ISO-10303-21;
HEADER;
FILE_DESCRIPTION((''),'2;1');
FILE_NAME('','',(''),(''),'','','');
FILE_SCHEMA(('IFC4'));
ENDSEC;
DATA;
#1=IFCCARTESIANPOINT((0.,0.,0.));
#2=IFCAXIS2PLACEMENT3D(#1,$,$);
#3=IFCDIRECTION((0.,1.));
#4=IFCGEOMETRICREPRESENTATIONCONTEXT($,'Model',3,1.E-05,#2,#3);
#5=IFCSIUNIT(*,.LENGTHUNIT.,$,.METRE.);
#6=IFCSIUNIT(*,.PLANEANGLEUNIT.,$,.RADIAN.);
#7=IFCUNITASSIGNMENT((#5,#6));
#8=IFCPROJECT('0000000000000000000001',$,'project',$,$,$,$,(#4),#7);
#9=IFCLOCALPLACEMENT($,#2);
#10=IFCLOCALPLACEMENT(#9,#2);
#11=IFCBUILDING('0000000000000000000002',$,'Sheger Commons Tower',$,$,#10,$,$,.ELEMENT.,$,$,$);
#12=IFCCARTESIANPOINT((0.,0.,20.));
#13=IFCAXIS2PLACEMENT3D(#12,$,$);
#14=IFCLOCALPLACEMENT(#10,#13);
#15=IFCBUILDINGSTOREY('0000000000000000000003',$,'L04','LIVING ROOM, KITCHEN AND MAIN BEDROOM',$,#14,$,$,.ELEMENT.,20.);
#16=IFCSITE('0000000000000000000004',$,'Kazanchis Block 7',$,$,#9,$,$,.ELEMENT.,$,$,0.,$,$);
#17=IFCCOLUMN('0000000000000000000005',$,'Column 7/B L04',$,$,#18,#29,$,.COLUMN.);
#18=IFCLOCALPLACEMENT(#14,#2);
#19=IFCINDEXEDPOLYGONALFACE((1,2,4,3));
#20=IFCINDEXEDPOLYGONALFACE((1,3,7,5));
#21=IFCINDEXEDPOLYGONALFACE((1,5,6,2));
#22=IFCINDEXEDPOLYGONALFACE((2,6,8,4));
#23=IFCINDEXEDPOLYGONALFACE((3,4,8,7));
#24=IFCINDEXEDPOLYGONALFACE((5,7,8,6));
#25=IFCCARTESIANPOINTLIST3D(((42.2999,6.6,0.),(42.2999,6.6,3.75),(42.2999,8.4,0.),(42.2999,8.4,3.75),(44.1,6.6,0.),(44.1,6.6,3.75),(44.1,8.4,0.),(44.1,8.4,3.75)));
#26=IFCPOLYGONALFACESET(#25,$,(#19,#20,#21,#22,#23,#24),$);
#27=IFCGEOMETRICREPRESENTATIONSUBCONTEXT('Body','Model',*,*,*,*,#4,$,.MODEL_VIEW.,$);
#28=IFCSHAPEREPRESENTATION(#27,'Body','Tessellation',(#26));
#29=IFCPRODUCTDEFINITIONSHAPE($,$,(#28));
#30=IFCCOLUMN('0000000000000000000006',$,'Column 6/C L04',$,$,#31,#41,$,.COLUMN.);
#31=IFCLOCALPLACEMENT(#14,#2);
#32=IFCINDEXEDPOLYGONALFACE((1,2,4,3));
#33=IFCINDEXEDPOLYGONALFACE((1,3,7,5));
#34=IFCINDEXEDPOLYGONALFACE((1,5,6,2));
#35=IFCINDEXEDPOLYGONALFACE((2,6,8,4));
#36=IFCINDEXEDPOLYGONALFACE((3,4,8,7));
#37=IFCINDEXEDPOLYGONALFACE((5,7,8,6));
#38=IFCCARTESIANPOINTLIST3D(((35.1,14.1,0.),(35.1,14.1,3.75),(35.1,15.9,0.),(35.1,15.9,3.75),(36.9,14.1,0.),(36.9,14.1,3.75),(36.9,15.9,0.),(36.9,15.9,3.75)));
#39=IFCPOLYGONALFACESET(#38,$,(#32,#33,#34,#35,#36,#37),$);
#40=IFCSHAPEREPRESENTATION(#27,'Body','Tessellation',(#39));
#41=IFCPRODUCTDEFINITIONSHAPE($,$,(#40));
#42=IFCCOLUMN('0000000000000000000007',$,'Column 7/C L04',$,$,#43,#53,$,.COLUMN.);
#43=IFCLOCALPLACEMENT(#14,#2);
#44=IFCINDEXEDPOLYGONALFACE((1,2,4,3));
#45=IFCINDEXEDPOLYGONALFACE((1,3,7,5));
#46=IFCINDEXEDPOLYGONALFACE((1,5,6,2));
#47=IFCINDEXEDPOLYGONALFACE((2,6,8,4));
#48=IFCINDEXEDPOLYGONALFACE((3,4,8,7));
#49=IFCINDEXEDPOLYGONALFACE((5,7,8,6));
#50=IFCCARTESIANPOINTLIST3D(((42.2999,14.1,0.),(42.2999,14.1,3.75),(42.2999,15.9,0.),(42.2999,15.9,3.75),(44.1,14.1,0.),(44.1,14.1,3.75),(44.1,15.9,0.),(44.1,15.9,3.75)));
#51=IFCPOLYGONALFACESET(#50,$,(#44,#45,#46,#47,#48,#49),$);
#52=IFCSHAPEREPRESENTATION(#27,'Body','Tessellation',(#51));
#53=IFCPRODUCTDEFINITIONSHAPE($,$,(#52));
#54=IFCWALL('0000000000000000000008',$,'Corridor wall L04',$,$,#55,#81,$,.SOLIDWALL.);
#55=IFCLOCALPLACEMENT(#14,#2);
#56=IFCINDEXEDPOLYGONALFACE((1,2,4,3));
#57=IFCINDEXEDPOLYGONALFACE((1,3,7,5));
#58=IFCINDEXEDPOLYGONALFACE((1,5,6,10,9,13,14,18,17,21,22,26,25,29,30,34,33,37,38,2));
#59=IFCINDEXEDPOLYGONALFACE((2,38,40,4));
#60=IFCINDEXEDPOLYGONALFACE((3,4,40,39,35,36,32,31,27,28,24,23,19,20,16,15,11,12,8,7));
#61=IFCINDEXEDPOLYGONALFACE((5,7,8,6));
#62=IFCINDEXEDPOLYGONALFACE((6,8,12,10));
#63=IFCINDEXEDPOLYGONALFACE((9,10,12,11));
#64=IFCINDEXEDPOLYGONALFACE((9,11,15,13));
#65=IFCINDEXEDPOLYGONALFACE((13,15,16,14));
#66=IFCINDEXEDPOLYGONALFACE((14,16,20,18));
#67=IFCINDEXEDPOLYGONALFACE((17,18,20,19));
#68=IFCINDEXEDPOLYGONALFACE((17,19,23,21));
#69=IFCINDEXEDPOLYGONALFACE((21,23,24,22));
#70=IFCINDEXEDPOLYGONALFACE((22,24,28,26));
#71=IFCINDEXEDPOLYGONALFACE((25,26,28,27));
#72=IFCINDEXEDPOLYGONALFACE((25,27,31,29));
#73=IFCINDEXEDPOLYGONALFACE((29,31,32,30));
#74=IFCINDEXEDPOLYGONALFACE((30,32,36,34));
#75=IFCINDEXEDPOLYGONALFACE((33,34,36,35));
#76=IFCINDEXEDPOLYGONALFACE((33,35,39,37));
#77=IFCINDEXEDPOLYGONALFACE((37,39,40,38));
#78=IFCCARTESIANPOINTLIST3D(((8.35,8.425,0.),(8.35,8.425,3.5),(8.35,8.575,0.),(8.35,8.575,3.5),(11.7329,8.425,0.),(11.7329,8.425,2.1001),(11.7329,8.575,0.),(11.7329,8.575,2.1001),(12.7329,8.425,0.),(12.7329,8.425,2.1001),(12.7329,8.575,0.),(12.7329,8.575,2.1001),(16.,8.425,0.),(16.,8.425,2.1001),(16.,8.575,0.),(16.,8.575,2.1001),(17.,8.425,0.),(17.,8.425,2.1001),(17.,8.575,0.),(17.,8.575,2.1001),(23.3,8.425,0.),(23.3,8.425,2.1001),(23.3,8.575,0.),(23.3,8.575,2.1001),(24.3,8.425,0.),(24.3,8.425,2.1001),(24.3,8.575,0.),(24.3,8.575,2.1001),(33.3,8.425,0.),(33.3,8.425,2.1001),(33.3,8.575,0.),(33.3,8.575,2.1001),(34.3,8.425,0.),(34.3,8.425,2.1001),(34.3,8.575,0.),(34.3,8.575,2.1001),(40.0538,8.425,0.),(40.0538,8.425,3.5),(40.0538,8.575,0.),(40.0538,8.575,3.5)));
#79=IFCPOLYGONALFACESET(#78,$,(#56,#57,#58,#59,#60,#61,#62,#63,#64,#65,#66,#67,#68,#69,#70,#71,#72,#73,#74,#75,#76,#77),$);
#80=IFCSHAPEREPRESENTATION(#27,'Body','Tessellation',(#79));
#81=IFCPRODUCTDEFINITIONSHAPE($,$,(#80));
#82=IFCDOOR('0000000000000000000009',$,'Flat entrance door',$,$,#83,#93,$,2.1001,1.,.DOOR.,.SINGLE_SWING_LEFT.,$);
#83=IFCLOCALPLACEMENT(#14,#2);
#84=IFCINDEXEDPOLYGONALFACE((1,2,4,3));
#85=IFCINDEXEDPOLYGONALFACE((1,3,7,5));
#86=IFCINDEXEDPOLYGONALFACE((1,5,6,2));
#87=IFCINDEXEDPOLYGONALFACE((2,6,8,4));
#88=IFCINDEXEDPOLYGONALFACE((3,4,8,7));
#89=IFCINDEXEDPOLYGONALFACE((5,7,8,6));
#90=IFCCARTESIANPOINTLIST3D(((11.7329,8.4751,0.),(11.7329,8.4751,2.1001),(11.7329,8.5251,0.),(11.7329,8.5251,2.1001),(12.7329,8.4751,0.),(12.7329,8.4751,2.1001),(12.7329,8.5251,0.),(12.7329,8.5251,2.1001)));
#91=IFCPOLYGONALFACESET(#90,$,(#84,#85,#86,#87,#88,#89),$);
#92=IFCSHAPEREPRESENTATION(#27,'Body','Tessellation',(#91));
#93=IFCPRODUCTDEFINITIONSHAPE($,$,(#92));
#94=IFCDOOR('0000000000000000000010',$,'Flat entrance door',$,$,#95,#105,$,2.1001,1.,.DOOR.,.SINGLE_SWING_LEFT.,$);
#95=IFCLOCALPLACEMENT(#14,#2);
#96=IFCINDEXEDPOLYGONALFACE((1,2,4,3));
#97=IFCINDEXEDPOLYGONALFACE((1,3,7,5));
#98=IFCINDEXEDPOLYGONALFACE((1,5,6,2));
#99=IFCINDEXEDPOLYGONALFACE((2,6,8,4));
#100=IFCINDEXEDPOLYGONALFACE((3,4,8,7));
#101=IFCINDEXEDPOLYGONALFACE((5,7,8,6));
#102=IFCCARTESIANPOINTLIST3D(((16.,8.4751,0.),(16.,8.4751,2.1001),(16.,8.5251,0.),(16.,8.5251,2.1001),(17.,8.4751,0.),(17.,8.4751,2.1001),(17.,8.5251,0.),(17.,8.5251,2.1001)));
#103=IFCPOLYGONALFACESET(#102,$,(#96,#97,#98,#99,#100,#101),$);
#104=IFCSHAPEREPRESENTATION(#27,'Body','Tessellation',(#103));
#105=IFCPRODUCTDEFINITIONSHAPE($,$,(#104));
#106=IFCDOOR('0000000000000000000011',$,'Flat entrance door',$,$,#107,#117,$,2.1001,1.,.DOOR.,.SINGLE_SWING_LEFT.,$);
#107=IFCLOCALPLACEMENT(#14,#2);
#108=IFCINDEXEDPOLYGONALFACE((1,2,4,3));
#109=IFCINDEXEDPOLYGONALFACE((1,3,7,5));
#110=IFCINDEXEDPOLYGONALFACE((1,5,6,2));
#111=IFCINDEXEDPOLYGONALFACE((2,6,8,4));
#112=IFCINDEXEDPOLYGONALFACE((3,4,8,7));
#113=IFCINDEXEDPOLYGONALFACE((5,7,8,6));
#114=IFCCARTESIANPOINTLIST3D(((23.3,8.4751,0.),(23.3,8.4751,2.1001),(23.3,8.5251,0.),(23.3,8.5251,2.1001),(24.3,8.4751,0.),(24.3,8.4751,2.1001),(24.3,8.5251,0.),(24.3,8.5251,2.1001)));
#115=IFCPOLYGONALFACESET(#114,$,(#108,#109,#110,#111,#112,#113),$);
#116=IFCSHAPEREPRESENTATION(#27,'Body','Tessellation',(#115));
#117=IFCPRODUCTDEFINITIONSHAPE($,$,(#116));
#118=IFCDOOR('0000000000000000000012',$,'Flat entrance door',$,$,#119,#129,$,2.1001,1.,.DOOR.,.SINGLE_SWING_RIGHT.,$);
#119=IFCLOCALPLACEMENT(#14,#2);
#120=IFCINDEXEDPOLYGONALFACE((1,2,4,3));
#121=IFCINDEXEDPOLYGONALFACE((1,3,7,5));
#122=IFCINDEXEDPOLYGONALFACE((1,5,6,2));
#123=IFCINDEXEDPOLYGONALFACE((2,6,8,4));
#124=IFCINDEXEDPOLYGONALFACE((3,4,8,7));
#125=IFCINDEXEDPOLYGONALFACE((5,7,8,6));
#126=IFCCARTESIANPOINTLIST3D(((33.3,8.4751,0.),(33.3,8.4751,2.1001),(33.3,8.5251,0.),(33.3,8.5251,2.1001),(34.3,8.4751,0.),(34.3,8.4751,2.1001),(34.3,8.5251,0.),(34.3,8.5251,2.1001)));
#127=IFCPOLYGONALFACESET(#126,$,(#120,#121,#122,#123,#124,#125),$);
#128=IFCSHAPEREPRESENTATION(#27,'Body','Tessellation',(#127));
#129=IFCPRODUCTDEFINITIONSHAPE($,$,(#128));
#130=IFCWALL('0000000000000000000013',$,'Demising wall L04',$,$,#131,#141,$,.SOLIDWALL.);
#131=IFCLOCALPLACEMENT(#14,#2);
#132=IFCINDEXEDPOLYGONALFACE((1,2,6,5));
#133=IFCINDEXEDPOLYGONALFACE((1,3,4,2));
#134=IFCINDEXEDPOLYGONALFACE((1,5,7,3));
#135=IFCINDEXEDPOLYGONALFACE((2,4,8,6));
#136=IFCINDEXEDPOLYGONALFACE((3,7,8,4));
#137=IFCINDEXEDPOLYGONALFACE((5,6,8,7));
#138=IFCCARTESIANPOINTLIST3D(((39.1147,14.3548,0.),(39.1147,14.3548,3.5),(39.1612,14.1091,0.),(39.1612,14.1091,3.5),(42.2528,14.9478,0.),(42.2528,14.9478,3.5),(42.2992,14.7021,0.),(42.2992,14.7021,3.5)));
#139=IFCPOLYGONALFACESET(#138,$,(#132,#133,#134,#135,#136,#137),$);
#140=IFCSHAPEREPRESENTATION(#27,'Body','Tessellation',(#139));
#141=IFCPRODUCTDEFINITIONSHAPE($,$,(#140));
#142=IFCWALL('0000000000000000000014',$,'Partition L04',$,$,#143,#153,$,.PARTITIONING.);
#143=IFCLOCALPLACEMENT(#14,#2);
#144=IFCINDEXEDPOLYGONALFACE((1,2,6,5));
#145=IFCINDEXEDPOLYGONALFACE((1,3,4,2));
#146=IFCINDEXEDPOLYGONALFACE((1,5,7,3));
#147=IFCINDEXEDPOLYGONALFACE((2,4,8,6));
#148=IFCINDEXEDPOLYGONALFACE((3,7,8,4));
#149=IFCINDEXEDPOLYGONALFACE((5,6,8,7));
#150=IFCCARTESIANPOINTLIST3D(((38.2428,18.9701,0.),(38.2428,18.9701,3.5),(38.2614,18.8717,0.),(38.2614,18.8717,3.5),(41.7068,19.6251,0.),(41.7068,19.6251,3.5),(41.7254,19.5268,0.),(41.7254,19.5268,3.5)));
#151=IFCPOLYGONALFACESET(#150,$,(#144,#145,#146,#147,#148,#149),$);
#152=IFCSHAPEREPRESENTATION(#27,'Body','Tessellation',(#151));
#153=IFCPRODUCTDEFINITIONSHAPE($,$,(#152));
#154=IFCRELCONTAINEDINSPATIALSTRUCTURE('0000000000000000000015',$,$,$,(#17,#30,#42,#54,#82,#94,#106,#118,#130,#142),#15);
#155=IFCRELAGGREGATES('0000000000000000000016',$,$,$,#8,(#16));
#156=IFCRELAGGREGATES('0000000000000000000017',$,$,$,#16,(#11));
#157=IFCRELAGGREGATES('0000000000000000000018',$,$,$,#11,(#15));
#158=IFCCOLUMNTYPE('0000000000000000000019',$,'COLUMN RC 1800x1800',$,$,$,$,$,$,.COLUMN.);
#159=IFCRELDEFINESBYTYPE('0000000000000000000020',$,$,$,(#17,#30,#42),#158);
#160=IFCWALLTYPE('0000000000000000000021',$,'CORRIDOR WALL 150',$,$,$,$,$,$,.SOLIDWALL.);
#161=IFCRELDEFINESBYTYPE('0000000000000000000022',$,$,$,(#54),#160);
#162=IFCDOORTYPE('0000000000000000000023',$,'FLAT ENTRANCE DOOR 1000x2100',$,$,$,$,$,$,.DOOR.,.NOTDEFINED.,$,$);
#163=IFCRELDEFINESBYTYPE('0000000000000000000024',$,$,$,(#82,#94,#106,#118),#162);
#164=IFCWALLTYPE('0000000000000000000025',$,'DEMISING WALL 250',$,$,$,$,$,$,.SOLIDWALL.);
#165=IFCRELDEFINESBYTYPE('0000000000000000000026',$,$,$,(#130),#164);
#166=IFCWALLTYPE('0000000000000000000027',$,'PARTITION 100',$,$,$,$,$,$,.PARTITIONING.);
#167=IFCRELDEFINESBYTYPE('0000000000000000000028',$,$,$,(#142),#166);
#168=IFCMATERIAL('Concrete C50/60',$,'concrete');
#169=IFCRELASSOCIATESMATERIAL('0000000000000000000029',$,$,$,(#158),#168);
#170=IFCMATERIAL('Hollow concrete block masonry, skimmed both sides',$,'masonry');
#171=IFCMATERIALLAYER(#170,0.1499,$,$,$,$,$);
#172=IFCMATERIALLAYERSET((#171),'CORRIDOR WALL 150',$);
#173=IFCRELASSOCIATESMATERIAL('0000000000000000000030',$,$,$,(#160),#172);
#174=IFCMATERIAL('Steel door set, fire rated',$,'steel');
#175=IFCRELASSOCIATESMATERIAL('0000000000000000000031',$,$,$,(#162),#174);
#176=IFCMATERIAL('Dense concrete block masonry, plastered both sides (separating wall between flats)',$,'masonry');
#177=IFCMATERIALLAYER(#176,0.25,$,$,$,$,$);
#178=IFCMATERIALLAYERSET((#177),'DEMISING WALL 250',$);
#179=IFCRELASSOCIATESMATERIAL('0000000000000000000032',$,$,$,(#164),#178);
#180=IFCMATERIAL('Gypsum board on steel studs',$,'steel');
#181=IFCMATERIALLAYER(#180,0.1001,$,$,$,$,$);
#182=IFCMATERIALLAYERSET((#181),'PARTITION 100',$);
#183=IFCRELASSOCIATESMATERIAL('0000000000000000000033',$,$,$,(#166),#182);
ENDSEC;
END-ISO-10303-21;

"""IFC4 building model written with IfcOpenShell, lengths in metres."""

from ifc_helpers import new_model, si_unit, direction, frame, frame_2d, origin, origin_2d, place, context, subcontext, project, spatial, rectangle, extrude, material, layer, layer_set, material_profile, profile_set, type_object, element, fill, save


model = new_model("IFC4")

# Units and contexts
model_context = context("Model", 3, precision=1e-05, world=origin(), true_north=direction((0.0, 1.0)))
body_context = subcontext(model_context, "Body", "Model", "MODEL_VIEW")
ifc_project = project(units=[si_unit("LENGTHUNIT", "METRE"), si_unit("PLANEANGLEUNIT", "RADIAN")], contexts=[model_context])

# Site, building, storey
site_placement = place(None, origin())
site = spatial("IfcSite", under=ifc_project, at=site_placement, Name="Kazanchis Block 7", CompositionType="ELEMENT", RefElevation=0.0)
building_placement = place(site_placement, origin())
building = spatial("IfcBuilding", under=site, at=building_placement, Name="Sheger Commons Tower", CompositionType="ELEMENT")
storey_placement = place(building_placement, frame((0.0, 0.0, 20.0)))
storey = spatial("IfcBuildingStorey", under=building, at=storey_placement, Name="L04", Description="LIVING ROOM, KITCHEN AND MAIN BEDROOM", CompositionType="ELEMENT", Elevation=20.0)

# Columns
ifc_material_1 = material(Name="Concrete C50/60", Category="concrete")
ifc_material_profile = material_profile(ifc_material_1, rectangle(XDim=1.8, YDim=1.8, at=origin_2d()), Name="RC 1800x1800")
ifc_profile_set = profile_set([ifc_material_profile], Name="Concrete C50/60")
column_type = type_object("IfcColumnType", Name="COLUMN RC 1800x1800", PredefinedType="COLUMN", material=ifc_profile_set)
for number, where, z_axis, x_axis, name in (
    (1, (43.2, 7.5, 0.0), (0.0, 0.0, 1.0), (1.0, 0.0, 0.0), "Column 7/B L04"),
    (2, (36.0, 15.0, 0.0), (0.0, 0.0, 1.0), (1.0, 0.0, 0.0), "Column 6/C L04"),
    (3, (43.2, 15.0, 0.0), (0.0, 0.0, 1.0), (1.0, 0.0, 0.0), "Column 7/C L04"),
):
    element("IfcColumn", number, at=place(storey_placement, frame(where, z_axis=z_axis, x_axis=x_axis)), inside=storey, type_object=column_type, Name=name, PredefinedType="COLUMN", context=body_context, shape_type="SweptSolid", body=[
        extrude(rectangle(XDim=1.8, YDim=1.8, at=origin_2d()), origin(), (0.0, 0.0, 1.0), 3.75),
    ])

# Wall, openings, doors
ifc_material_2 = material(Name="Hollow concrete block masonry, skimmed both sides", Category="masonry")
ifc_layer_1 = layer(ifc_material_2, 0.1499)
ifc_layer_set_1 = layer_set([ifc_layer_1], Name="CORRIDOR WALL 150")
wall_type_1 = type_object("IfcWallType", Name="CORRIDOR WALL 150", PredefinedType="SOLIDWALL", material=ifc_layer_set_1)
wall_1_placement = place(storey_placement, frame((40.054, 8.5, 0.0), z_axis=(0.0, 0.0, 1.0), x_axis=(-1.0, 0.0, 0.0)))
wall_1 = element("IfcWall", 4, at=wall_1_placement, inside=storey, type_object=wall_type_1, Name="Corridor wall L04", PredefinedType="SOLIDWALL", context=body_context, shape_type="SweptSolid", body=[
    extrude(rectangle(XDim=31.7039, YDim=0.1499, at=frame_2d((15.8521, 0.0))), origin(), (0.0, 0.0, 1.0), 3.5),
])
opening_1_placement = place(wall_1_placement, frame((27.321, 0.0, 0.0)))
opening_1 = element("IfcOpeningElement", 5, at=opening_1_placement, cuts=wall_1, PredefinedType="OPENING", context=body_context, shape_type="SweptSolid", body=[
    extrude(rectangle(XDim=1.0, YDim=2.1001, at=frame_2d((0.5, 1.05))), frame((0.0, 0.085, 0.0), z_axis=(0.0, -1.0, 0.0), x_axis=(1.0, 0.0, 0.0)), (0.0, 0.0, 1.0), 0.1699),
])
opening_2_placement = place(wall_1_placement, frame((23.054, 0.0, 0.0)))
opening_2 = element("IfcOpeningElement", 6, at=opening_2_placement, cuts=wall_1, PredefinedType="OPENING", context=body_context, shape_type="SweptSolid", body=[
    extrude(rectangle(XDim=1.0, YDim=2.1001, at=frame_2d((0.5, 1.05))), frame((0.0, 0.085, 0.0), z_axis=(0.0, -1.0, 0.0), x_axis=(1.0, 0.0, 0.0)), (0.0, 0.0, 1.0), 0.1699),
])
opening_3_placement = place(wall_1_placement, frame((15.7539, 0.0, 0.0)))
opening_3 = element("IfcOpeningElement", 7, at=opening_3_placement, cuts=wall_1, PredefinedType="OPENING", context=body_context, shape_type="SweptSolid", body=[
    extrude(rectangle(XDim=1.0, YDim=2.1001, at=frame_2d((0.5, 1.05))), frame((0.0, 0.085, 0.0), z_axis=(0.0, -1.0, 0.0), x_axis=(1.0, 0.0, 0.0)), (0.0, 0.0, 1.0), 0.1699),
])
opening_4_placement = place(wall_1_placement, frame((5.7539, 0.0, 0.0)))
opening_4 = element("IfcOpeningElement", 8, at=opening_4_placement, cuts=wall_1, PredefinedType="OPENING", context=body_context, shape_type="SweptSolid", body=[
    extrude(rectangle(XDim=1.0, YDim=2.1001, at=frame_2d((0.5, 1.05))), frame((0.0, 0.085, 0.0), z_axis=(0.0, -1.0, 0.0), x_axis=(1.0, 0.0, 0.0)), (0.0, 0.0, 1.0), 0.1699),
])
ifc_material_3 = material(Name="Steel door set, fire rated", Category="steel")
door_type_1 = type_object("IfcDoorType", Name="FLAT ENTRANCE DOOR 1000x2100", OperationType="NOTDEFINED", PredefinedType="DOOR", material=ifc_material_3)
door_1_placement = place(opening_1_placement, origin())
door_1 = element("IfcDoor", 9, at=door_1_placement, inside=storey, type_object=door_type_1, Name="Flat entrance door", OperationType="SINGLE_SWING_LEFT", OverallHeight=2.1001, OverallWidth=1.0, PredefinedType="DOOR", context=body_context, shape_type="SweptSolid", body=[
    extrude(rectangle(XDim=1.0, YDim=2.1001, at=frame_2d((0.5, 1.05))), frame((0.0, 0.0249, 0.0), z_axis=(0.0, -1.0, 0.0), x_axis=(1.0, 0.0, 0.0)), (0.0, 0.0, 1.0), 0.05),
])
fill(opening_1, door_1)
door_2_placement = place(opening_2_placement, origin())
door_2 = element("IfcDoor", 10, at=door_2_placement, inside=storey, type_object=door_type_1, Name="Flat entrance door", OperationType="SINGLE_SWING_LEFT", OverallHeight=2.1001, OverallWidth=1.0, PredefinedType="DOOR", context=body_context, shape_type="SweptSolid", body=[
    extrude(rectangle(XDim=1.0, YDim=2.1001, at=frame_2d((0.5, 1.05))), frame((0.0, 0.0249, 0.0), z_axis=(0.0, -1.0, 0.0), x_axis=(1.0, 0.0, 0.0)), (0.0, 0.0, 1.0), 0.05),
])
fill(opening_2, door_2)
door_3_placement = place(opening_3_placement, origin())
door_3 = element("IfcDoor", 11, at=door_3_placement, inside=storey, type_object=door_type_1, Name="Flat entrance door", OperationType="SINGLE_SWING_LEFT", OverallHeight=2.1001, OverallWidth=1.0, PredefinedType="DOOR", context=body_context, shape_type="SweptSolid", body=[
    extrude(rectangle(XDim=1.0, YDim=2.1001, at=frame_2d((0.5, 1.05))), frame((0.0, 0.0249, 0.0), z_axis=(0.0, -1.0, 0.0), x_axis=(1.0, 0.0, 0.0)), (0.0, 0.0, 1.0), 0.05),
])
fill(opening_3, door_3)
door_4_placement = place(opening_4_placement, origin())
door_4 = element("IfcDoor", 12, at=door_4_placement, inside=storey, type_object=door_type_1, Name="Flat entrance door", OperationType="SINGLE_SWING_RIGHT", OverallHeight=2.1001, OverallWidth=1.0, PredefinedType="DOOR", context=body_context, shape_type="SweptSolid", body=[
    extrude(rectangle(XDim=1.0, YDim=2.1001, at=frame_2d((0.5, 1.05))), frame((0.0, 0.0249, 0.0), z_axis=(0.0, -1.0, 0.0), x_axis=(1.0, 0.0, 0.0)), (0.0, 0.0, 1.0), 0.05),
])
fill(opening_4, door_4)

# Walls
ifc_material_4 = material(Name="Dense concrete block masonry, plastered both sides (separating wall between flats)", Category="masonry")
ifc_layer_2 = layer(ifc_material_4, 0.25)
ifc_layer_set_2 = layer_set([ifc_layer_2], Name="DEMISING WALL 250")
wall_type_2 = type_object("IfcWallType", Name="DEMISING WALL 250", PredefinedType="SOLIDWALL", material=ifc_layer_set_2)
wall_2_placement = place(storey_placement, frame((42.2759, 14.825, 0.0), z_axis=(0.0, 0.0, 1.0), x_axis=(-0.982607, -0.185696, 0.0)))
element("IfcWall", 13, at=wall_2_placement, inside=storey, type_object=wall_type_2, Name="Demising wall L04", PredefinedType="SOLIDWALL", context=body_context, shape_type="SweptSolid", body=[
    extrude(rectangle(XDim=3.1936, YDim=0.25, at=frame_2d((1.5967, 0.0))), origin(), (0.0, 0.0, 1.0), 3.5),
])
ifc_material_5 = material(Name="Gypsum board on steel studs", Category="steel")
ifc_layer_3 = layer(ifc_material_5, 0.1001)
ifc_layer_set_3 = layer_set([ifc_layer_3], Name="PARTITION 100")
wall_type_3 = type_object("IfcWallType", Name="PARTITION 100", PredefinedType="PARTITIONING", material=ifc_layer_set_3)
wall_3_placement = place(storey_placement, frame((41.7161, 19.5759, 0.0), z_axis=(0.0, 0.0, 1.0), x_axis=(-0.982588, -0.185798, 0.0)))
element("IfcWall", 14, at=wall_3_placement, inside=storey, type_object=wall_type_3, Name="Partition L04", PredefinedType="PARTITIONING", context=body_context, shape_type="SweptSolid", body=[
    extrude(rectangle(XDim=3.5254, YDim=0.1001, at=frame_2d((1.7627, 0.0))), origin(), (0.0, 0.0, 1.0), 3.5),
])

save(model, "model.ifc")
